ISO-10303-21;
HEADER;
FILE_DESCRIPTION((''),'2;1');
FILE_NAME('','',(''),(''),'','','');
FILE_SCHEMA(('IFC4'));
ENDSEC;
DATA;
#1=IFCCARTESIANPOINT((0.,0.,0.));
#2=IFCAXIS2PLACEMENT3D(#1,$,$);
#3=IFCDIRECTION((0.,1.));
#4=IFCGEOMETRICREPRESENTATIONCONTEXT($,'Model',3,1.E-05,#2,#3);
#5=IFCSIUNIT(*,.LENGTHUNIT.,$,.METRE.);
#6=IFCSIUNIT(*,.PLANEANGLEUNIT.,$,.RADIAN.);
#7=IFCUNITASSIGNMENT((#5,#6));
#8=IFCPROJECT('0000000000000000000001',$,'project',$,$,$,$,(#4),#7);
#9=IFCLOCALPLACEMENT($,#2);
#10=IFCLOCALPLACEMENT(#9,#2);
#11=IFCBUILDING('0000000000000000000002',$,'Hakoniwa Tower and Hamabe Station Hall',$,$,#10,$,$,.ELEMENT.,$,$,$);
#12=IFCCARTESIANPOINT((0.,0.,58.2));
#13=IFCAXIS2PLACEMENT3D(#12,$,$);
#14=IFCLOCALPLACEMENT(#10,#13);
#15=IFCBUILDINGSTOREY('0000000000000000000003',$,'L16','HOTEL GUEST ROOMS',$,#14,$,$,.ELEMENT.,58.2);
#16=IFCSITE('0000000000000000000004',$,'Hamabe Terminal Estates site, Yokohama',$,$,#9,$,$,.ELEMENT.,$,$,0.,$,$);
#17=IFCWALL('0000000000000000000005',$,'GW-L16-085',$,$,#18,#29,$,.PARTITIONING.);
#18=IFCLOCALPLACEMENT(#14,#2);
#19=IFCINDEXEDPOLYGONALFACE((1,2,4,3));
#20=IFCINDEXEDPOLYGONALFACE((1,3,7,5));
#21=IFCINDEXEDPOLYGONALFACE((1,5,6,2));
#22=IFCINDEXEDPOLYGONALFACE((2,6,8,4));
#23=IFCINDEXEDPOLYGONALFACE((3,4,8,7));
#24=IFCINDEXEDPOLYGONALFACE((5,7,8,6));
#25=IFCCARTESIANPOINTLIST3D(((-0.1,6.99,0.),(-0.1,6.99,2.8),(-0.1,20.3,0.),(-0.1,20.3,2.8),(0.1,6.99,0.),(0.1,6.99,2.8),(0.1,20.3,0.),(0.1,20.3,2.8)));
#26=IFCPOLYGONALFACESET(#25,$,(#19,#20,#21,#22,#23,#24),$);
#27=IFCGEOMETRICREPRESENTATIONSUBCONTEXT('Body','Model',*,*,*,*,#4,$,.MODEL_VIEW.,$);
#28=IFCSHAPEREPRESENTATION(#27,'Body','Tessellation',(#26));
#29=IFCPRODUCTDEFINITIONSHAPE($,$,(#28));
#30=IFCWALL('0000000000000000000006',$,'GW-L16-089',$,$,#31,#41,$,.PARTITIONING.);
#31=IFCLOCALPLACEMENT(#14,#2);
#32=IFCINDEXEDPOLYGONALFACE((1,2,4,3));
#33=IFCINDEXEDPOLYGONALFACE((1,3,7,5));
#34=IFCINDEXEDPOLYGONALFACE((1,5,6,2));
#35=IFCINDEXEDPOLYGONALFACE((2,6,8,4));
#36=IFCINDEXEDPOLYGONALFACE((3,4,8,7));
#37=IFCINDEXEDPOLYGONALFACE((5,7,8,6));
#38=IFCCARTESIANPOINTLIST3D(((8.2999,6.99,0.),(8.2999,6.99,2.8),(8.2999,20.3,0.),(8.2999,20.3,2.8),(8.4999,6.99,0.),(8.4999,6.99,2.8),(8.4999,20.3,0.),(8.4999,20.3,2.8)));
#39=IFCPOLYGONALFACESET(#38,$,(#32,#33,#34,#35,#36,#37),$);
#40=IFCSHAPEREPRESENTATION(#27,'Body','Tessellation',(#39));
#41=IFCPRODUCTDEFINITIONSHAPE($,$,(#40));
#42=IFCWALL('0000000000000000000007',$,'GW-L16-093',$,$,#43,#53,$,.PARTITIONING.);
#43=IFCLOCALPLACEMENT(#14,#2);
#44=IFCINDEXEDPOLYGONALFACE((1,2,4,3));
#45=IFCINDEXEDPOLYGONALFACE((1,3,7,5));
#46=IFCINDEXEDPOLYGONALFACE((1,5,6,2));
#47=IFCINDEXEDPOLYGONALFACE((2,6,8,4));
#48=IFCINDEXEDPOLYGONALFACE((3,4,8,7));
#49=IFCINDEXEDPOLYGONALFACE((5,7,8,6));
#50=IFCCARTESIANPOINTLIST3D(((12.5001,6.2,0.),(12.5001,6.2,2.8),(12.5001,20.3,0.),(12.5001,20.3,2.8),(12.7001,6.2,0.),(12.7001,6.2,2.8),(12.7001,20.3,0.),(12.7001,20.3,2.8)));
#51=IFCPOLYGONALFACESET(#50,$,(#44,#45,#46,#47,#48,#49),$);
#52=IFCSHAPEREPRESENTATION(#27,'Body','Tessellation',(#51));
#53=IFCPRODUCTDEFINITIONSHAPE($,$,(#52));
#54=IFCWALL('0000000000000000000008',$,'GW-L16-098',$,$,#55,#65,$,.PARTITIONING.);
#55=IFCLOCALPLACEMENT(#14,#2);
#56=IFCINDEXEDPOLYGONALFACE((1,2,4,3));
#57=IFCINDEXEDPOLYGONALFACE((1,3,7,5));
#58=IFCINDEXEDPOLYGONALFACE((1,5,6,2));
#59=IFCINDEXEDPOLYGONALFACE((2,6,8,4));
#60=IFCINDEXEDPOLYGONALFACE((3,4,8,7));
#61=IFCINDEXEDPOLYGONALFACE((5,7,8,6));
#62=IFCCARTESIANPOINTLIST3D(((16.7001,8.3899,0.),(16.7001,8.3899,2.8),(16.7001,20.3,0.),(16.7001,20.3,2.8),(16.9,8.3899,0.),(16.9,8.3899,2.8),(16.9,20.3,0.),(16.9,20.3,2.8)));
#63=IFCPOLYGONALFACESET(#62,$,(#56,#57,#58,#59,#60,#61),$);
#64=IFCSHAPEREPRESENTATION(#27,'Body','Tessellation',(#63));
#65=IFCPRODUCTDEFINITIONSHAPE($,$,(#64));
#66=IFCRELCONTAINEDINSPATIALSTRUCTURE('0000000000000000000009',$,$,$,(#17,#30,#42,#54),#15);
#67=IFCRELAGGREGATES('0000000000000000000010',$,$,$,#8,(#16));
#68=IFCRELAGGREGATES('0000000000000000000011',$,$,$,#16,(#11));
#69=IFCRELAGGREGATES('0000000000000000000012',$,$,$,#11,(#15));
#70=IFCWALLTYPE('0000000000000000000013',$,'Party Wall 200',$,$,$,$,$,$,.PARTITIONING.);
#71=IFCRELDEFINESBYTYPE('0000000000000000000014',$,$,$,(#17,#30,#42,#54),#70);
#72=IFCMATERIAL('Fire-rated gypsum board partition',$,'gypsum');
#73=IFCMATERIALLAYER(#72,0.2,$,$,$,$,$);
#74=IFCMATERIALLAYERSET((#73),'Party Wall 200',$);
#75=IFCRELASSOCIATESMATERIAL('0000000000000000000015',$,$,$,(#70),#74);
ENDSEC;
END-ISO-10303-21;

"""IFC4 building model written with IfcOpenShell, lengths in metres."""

from ifc_helpers import new_model, si_unit, direction, frame, frame_2d, origin, place, context, subcontext, project, spatial, rectangle, extrude, material, layer, layer_set, type_object, element, save


model = new_model("IFC4")

# Units and contexts
model_context = context("Model", 3, precision=1e-05, world=origin(), true_north=direction((0.0, 1.0)))
body_context = subcontext(model_context, "Body", "Model", "MODEL_VIEW")
ifc_project = project(units=[si_unit("LENGTHUNIT", "METRE"), si_unit("PLANEANGLEUNIT", "RADIAN")], contexts=[model_context])

# Site, building, storey
site_placement = place(None, origin())
site = spatial("IfcSite", under=ifc_project, at=site_placement, Name="Hamabe Terminal Estates site, Yokohama", CompositionType="ELEMENT", RefElevation=0.0)
building_placement = place(site_placement, origin())
building = spatial("IfcBuilding", under=site, at=building_placement, Name="Hakoniwa Tower and Hamabe Station Hall", CompositionType="ELEMENT")
storey_placement = place(building_placement, frame((0.0, 0.0, 58.2)))
storey = spatial("IfcBuildingStorey", under=building, at=storey_placement, Name="L16", Description="HOTEL GUEST ROOMS", CompositionType="ELEMENT", Elevation=58.2)

# Walls
ifc_material_1 = material(Name="Fire-rated gypsum board partition", Category="gypsum")
ifc_layer_1 = layer(ifc_material_1, 0.2)
ifc_layer_set_1 = layer_set([ifc_layer_1], Name="Party Wall 200")
wall_type_1 = type_object("IfcWallType", Name="Party Wall 200", PredefinedType="PARTITIONING", material=ifc_layer_set_1)
for number, where, z_axis, x_axis, name in (
    (1, (0.0, 6.99, 0.0), (0.0, 0.0, 1.0), (0.0, 1.0, 0.0), "GW-L16-085"),
    (2, (8.3999, 6.99, 0.0), (0.0, 0.0, 1.0), (0.0, 1.0, 0.0), "GW-L16-089"),
):
    element("IfcWall", number, at=place(storey_placement, frame(where, z_axis=z_axis, x_axis=x_axis)), inside=storey, type_object=wall_type_1, Name=name, PredefinedType="PARTITIONING", context=body_context, shape_type="SweptSolid", body=[
        extrude(rectangle(XDim=13.3101, YDim=0.2, at=frame_2d((6.655, 0.0))), origin(), (0.0, 0.0, 1.0), 2.8),
    ])
wall_1_placement = place(storey_placement, frame((12.6001, 6.2, 0.0), z_axis=(0.0, 0.0, 1.0), x_axis=(0.0, 1.0, 0.0)))
element("IfcWall", 3, at=wall_1_placement, inside=storey, type_object=wall_type_1, Name="GW-L16-093", PredefinedType="PARTITIONING", context=body_context, shape_type="SweptSolid", body=[
    extrude(rectangle(XDim=14.1001, YDim=0.2, at=frame_2d((7.05, 0.0))), origin(), (0.0, 0.0, 1.0), 2.8),
])
wall_2_placement = place(storey_placement, frame((16.8, 8.3899, 0.0), z_axis=(0.0, 0.0, 1.0), x_axis=(0.0, 1.0, 0.0)))
element("IfcWall", 4, at=wall_2_placement, inside=storey, type_object=wall_type_1, Name="GW-L16-098", PredefinedType="PARTITIONING", context=body_context, shape_type="SweptSolid", body=[
    extrude(rectangle(XDim=11.9102, YDim=0.2, at=frame_2d((5.9551, 0.0))), origin(), (0.0, 0.0, 1.0), 2.8),
])

save(model, "model.ifc")
